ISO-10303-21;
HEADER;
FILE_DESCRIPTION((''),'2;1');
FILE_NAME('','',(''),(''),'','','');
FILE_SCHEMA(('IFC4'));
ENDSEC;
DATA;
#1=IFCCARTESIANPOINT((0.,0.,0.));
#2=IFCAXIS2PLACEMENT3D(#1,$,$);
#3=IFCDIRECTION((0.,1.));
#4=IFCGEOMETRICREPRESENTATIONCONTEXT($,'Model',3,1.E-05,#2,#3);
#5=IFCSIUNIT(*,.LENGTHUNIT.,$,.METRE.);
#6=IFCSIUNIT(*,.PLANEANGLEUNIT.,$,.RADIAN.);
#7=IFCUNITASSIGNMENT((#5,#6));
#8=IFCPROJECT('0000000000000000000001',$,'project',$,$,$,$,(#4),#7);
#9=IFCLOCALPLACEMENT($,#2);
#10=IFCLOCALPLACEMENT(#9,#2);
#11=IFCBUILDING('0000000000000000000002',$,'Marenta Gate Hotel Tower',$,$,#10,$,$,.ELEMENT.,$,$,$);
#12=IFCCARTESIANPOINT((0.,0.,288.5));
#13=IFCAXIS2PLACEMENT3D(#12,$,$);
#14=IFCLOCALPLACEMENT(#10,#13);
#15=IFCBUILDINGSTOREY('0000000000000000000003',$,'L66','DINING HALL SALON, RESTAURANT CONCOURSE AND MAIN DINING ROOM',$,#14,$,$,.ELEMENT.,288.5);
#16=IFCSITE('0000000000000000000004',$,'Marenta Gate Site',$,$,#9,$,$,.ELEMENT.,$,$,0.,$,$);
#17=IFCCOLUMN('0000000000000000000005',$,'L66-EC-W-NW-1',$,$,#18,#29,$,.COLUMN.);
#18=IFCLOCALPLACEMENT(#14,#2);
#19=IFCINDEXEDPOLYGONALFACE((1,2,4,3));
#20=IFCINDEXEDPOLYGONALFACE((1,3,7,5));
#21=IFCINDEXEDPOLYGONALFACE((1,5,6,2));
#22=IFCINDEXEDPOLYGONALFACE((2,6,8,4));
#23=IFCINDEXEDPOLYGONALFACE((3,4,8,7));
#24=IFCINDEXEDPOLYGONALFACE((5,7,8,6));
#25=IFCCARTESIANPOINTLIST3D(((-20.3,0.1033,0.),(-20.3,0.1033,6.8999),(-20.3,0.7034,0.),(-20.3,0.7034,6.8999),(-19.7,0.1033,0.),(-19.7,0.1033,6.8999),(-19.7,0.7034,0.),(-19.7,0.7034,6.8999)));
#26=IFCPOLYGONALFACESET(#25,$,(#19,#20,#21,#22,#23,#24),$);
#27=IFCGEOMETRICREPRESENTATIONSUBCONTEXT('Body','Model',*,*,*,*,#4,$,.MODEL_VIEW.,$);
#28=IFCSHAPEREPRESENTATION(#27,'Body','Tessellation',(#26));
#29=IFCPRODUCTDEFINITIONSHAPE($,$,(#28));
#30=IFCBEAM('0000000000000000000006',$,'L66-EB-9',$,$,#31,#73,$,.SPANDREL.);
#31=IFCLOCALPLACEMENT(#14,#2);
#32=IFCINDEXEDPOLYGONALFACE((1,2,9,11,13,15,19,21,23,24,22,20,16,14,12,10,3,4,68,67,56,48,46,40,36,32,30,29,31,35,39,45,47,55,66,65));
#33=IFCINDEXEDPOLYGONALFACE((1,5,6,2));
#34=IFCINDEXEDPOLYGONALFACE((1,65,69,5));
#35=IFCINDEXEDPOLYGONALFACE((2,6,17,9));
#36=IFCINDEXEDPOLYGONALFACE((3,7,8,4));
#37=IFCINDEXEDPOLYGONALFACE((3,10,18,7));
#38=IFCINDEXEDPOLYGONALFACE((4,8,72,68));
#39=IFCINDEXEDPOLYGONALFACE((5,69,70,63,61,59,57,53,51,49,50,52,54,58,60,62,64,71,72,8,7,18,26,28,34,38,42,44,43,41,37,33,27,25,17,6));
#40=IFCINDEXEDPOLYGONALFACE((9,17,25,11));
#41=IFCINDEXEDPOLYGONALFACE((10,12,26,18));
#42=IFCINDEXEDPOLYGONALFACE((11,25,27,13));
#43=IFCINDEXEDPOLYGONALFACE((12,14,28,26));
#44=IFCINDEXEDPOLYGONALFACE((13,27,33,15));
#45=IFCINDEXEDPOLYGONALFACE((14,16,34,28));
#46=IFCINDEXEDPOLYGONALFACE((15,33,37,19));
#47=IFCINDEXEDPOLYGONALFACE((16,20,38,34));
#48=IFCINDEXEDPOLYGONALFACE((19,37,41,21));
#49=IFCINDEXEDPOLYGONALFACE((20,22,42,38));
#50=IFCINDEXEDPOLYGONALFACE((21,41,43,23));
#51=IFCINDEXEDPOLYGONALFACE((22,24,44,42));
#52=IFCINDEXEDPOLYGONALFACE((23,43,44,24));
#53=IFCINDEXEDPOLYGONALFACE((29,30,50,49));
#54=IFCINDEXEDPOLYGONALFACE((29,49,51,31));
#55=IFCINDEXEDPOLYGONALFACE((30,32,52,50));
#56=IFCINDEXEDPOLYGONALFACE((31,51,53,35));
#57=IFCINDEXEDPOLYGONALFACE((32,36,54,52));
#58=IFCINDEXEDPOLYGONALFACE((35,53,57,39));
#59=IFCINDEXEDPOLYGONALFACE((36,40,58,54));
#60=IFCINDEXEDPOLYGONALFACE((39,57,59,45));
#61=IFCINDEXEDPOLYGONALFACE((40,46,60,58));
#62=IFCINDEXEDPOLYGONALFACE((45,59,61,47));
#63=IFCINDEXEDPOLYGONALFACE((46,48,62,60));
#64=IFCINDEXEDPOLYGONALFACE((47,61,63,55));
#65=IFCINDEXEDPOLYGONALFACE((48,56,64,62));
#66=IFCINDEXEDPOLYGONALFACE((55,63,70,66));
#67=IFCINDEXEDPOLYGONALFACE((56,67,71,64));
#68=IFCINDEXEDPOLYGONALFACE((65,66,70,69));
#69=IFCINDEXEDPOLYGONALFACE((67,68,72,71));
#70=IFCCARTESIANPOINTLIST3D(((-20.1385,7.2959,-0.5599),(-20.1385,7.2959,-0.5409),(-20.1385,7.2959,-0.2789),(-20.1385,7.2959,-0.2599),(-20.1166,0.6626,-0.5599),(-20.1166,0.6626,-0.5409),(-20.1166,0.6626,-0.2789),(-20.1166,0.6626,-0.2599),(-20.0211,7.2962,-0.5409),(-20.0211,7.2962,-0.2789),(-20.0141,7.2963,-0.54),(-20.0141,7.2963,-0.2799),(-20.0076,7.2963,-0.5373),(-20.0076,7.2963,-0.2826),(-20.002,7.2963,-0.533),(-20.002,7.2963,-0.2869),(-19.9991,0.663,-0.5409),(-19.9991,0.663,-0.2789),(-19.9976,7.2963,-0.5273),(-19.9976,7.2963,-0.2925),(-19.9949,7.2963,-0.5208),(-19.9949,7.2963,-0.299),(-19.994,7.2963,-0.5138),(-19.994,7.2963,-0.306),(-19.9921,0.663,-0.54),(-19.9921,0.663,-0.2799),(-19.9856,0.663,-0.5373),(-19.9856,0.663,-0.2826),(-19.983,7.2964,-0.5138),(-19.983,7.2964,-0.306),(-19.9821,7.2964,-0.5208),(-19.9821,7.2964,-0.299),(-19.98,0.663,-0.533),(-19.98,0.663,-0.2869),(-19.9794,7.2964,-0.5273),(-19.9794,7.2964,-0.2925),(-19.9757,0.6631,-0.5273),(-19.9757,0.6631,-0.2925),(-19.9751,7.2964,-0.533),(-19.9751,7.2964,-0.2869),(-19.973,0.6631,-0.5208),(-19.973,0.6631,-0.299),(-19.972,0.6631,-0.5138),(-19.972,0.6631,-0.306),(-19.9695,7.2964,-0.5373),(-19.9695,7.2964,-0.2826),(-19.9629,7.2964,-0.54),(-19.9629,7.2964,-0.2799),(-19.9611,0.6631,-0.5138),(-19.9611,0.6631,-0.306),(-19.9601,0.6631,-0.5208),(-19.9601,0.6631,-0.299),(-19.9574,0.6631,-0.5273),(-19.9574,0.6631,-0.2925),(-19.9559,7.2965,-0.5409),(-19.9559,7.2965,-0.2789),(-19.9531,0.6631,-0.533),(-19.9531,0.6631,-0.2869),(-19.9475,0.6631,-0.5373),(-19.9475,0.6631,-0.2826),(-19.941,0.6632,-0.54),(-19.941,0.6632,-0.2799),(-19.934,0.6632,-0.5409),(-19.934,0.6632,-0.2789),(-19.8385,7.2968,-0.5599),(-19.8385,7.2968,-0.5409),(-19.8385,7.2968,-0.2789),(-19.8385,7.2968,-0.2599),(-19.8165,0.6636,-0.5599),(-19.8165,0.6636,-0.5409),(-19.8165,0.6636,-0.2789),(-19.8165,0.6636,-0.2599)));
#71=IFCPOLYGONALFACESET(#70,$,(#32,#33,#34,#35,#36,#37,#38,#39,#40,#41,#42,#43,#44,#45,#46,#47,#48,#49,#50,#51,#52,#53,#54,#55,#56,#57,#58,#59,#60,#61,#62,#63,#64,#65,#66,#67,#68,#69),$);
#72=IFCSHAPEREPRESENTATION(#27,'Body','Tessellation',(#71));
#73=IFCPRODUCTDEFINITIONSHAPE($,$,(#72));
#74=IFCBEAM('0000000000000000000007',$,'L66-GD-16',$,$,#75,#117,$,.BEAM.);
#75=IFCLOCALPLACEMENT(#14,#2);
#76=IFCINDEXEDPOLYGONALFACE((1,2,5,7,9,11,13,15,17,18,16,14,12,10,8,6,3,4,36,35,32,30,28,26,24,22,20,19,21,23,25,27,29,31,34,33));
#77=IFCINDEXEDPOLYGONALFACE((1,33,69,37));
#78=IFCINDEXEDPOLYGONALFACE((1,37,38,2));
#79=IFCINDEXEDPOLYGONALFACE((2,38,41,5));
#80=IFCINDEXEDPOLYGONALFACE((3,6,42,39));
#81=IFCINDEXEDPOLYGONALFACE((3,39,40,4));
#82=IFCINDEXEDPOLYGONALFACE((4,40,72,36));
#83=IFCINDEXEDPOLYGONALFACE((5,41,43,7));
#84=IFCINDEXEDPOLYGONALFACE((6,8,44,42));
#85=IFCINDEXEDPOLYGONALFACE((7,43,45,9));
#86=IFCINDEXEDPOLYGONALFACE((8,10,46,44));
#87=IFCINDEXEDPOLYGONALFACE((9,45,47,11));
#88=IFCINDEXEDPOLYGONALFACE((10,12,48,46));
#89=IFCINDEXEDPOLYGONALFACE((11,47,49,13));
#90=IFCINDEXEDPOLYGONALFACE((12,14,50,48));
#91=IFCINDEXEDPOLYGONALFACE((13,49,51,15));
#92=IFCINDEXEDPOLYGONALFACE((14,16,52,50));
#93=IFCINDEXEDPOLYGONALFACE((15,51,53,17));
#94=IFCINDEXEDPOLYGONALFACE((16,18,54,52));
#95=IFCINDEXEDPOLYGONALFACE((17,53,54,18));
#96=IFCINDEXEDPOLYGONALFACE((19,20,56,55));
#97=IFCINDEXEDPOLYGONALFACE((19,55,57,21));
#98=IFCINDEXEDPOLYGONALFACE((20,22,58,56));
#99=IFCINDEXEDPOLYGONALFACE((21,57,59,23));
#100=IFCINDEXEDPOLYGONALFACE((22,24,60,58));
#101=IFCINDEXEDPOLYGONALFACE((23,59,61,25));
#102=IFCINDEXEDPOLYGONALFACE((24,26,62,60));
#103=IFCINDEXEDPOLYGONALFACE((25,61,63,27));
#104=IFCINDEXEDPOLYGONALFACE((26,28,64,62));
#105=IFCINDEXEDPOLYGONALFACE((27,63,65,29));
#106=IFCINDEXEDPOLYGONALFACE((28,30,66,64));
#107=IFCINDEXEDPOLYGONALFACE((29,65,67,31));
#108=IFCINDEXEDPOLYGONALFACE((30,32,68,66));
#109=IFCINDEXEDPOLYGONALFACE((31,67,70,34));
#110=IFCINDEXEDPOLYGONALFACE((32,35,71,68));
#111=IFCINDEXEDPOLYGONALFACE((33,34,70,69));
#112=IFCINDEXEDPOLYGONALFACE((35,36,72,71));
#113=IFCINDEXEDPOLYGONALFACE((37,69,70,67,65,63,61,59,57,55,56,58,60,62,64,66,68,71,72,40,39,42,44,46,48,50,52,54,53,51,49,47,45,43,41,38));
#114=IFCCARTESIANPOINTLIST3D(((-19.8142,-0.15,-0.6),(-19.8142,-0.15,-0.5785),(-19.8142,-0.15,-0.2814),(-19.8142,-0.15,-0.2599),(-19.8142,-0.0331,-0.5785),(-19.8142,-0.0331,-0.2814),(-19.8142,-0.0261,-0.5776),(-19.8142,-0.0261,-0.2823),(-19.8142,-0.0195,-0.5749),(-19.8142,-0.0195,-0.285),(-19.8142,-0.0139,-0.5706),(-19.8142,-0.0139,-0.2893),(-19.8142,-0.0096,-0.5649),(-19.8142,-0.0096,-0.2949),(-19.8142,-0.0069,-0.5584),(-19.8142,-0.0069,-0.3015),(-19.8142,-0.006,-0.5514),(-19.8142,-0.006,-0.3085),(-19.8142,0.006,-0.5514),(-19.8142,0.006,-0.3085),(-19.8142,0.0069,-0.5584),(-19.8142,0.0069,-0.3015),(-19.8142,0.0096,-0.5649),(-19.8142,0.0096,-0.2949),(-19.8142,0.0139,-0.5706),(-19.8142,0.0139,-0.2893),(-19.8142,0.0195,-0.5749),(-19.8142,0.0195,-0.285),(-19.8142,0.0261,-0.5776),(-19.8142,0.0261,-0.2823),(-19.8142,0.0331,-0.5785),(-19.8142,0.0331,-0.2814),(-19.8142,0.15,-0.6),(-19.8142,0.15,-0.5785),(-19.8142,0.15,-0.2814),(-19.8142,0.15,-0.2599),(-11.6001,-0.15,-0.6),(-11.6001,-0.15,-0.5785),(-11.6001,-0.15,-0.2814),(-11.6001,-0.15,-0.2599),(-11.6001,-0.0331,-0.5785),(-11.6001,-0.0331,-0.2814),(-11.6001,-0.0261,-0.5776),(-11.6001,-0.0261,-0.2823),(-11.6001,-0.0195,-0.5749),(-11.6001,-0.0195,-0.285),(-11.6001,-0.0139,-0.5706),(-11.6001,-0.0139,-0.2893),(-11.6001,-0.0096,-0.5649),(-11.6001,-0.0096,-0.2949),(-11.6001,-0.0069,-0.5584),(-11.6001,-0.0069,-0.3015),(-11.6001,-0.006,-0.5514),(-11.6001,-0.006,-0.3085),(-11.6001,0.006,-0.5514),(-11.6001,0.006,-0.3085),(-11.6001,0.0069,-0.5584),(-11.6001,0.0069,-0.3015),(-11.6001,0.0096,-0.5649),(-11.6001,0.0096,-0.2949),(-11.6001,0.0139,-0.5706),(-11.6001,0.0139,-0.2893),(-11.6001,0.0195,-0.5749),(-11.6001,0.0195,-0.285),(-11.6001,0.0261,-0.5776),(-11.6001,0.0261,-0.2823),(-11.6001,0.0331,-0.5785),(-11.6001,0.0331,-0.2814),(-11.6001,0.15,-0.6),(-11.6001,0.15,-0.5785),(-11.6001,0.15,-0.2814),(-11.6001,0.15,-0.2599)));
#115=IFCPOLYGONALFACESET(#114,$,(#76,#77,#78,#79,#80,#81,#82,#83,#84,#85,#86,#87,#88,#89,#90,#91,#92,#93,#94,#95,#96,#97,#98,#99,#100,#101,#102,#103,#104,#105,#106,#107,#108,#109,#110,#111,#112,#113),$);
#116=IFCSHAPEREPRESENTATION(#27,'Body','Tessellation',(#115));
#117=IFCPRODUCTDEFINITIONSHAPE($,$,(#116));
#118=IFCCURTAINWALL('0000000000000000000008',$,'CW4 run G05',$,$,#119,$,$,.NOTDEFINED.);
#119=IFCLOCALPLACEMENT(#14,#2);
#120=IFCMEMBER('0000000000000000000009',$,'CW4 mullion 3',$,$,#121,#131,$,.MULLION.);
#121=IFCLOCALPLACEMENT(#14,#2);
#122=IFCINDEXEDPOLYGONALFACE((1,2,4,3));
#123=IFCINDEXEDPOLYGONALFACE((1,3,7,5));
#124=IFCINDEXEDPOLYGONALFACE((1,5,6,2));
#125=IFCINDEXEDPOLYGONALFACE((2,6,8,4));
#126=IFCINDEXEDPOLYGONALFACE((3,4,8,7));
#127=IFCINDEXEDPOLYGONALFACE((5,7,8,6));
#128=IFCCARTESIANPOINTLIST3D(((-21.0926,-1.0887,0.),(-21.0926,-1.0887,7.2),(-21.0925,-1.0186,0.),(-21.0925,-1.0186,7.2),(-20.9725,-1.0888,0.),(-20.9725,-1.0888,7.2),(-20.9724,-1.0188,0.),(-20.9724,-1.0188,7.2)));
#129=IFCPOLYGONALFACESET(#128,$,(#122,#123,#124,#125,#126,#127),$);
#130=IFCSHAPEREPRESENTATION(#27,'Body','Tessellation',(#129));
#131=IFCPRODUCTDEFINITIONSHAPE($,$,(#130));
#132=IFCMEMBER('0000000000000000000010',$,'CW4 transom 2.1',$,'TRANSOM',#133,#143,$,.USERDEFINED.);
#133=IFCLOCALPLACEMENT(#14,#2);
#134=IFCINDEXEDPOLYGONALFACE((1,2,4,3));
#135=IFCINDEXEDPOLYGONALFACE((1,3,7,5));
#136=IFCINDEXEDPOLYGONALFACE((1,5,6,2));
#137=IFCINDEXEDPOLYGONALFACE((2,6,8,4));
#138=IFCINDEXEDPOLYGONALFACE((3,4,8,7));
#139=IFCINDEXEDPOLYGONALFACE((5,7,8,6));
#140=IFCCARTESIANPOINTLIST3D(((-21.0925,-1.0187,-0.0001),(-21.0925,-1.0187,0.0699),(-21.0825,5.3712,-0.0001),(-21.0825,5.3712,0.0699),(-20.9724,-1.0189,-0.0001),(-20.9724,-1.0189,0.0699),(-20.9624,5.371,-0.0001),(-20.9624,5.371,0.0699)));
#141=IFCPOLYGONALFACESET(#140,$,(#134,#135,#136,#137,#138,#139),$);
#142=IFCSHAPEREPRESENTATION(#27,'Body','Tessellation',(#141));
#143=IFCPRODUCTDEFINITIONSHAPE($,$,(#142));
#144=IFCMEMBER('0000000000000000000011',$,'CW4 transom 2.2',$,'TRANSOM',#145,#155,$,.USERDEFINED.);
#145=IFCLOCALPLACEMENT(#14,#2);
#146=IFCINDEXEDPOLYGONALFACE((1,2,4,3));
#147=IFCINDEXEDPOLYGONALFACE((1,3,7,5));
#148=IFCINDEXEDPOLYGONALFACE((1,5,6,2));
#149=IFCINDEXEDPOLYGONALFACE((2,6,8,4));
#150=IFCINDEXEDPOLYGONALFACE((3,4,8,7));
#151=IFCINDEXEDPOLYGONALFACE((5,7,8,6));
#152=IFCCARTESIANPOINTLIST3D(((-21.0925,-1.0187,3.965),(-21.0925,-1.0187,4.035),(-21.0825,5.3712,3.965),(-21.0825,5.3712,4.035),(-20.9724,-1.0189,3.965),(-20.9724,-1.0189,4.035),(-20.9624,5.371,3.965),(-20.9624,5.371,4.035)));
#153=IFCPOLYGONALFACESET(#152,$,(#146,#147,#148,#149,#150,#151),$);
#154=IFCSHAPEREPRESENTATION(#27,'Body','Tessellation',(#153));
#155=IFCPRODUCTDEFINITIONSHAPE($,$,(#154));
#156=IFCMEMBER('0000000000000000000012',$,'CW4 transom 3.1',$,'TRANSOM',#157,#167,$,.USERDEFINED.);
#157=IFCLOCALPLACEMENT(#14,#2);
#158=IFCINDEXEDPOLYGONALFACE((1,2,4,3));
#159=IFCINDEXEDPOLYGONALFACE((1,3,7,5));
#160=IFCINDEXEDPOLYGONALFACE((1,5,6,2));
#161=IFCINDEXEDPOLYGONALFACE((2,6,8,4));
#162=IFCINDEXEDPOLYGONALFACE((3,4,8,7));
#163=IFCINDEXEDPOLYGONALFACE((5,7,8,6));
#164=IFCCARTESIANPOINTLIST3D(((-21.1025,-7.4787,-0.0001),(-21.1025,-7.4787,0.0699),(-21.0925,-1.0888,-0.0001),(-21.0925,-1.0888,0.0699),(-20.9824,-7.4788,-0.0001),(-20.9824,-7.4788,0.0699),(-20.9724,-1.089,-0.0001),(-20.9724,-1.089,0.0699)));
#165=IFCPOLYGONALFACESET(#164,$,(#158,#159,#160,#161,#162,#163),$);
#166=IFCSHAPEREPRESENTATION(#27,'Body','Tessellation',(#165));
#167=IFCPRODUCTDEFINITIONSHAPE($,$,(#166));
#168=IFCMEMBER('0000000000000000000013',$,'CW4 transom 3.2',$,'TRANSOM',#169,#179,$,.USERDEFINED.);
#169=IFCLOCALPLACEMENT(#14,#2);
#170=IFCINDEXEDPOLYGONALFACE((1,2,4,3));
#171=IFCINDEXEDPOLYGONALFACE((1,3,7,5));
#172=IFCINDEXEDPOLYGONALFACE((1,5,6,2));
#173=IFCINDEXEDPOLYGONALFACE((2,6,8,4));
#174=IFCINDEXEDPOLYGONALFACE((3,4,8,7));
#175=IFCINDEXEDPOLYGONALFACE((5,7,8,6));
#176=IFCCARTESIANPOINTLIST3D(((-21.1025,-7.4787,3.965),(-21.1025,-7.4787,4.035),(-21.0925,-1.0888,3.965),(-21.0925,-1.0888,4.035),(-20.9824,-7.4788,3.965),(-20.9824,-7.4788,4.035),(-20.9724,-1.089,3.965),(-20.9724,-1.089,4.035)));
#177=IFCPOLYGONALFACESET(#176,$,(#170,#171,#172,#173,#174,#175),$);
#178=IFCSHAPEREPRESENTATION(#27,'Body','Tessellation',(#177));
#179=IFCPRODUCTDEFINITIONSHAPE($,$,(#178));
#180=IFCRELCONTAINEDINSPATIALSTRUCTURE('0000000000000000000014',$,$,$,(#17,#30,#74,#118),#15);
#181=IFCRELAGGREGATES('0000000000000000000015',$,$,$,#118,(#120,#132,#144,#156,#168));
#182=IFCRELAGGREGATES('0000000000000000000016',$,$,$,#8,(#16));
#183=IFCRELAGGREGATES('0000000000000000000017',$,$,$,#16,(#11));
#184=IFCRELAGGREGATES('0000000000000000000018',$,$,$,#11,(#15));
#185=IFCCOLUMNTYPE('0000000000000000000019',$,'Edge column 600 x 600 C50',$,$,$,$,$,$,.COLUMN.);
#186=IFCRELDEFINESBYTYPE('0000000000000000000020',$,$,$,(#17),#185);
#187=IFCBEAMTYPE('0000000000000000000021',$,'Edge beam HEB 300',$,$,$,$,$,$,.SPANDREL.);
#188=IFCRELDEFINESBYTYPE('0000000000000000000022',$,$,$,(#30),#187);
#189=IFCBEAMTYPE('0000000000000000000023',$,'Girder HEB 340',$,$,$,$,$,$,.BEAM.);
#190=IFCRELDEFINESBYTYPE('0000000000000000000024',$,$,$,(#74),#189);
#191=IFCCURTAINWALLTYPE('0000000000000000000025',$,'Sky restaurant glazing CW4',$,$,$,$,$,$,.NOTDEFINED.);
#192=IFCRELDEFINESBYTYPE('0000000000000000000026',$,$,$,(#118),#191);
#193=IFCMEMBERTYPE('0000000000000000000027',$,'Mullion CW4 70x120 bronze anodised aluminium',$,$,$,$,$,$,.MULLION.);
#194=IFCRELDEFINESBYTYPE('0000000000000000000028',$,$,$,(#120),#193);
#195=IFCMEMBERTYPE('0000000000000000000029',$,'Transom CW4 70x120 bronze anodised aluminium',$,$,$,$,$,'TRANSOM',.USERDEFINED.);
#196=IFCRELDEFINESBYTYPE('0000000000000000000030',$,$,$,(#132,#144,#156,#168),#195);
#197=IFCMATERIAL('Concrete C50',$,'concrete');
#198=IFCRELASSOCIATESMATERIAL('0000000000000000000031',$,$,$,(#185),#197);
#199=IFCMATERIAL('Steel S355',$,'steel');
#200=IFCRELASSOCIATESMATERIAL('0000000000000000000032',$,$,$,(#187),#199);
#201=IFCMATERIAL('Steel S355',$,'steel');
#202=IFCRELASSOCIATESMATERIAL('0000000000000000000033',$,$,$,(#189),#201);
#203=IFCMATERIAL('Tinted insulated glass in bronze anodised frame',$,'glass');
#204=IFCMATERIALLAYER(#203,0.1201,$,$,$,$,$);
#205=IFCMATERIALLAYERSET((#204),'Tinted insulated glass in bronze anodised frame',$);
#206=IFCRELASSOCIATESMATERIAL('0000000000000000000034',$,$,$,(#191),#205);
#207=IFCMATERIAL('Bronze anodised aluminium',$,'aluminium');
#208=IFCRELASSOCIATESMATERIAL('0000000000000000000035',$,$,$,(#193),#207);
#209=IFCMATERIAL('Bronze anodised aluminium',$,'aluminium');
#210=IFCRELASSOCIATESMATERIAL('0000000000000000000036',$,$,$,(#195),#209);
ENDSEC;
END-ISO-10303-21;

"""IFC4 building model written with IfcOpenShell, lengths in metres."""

from ifc_helpers import new_model, si_unit, direction, frame, origin, origin_2d, place, context, subcontext, project, spatial, rectangle, i_section, extrude, material, layer, layer_set, material_profile, profile_set, type_object, element, aggregate, save


model = new_model("IFC4")

# Units and contexts
model_context = context("Model", 3, precision=1e-05, world=origin(), true_north=direction((0.0, 1.0)))
body_context = subcontext(model_context, "Body", "Model", "MODEL_VIEW")
ifc_project = project(units=[si_unit("LENGTHUNIT", "METRE"), si_unit("PLANEANGLEUNIT", "RADIAN")], contexts=[model_context])

# Site, building, storey
site_placement = place(None, origin())
site = spatial("IfcSite", under=ifc_project, at=site_placement, Name="Marenta Gate Site", CompositionType="ELEMENT", RefElevation=0.0)
building_placement = place(site_placement, origin())
building = spatial("IfcBuilding", under=site, at=building_placement, Name="Marenta Gate Hotel Tower", CompositionType="ELEMENT")
storey_placement = place(building_placement, frame((0.0, 0.0, 288.5)))
storey = spatial("IfcBuildingStorey", under=building, at=storey_placement, Name="L66", Description="DINING HALL SALON, RESTAURANT CONCOURSE AND MAIN DINING ROOM", CompositionType="ELEMENT", Elevation=288.5)

# Column
ifc_material_1 = material(Name="Concrete C50", Category="concrete")
ifc_material_profile_1 = material_profile(ifc_material_1, rectangle(XDim=0.6001, YDim=0.6001, at=origin_2d()), Name="600 x 600")
ifc_profile_set_1 = profile_set([ifc_material_profile_1], Name="Concrete C50")
column_type = type_object("IfcColumnType", Name="Edge column 600 x 600 C50", PredefinedType="COLUMN", material=ifc_profile_set_1)
column_placement = place(storey_placement, frame((-20.0, 0.4033, 0.0), z_axis=(0.0, 0.0, 1.0), x_axis=(1.0, 0.0, 0.0)))
element("IfcColumn", 1, at=column_placement, inside=storey, type_object=column_type, Name="L66-EC-W-NW-1", PredefinedType="COLUMN", context=body_context, shape_type="SweptSolid", body=[
    extrude(rectangle(XDim=0.6001, YDim=0.6001, at=origin_2d()), origin(), (0.0, 0.0, 1.0), 6.8999),
])

# Beams
ifc_material_2 = material(Name="Steel S355", Category="steel")
ifc_material_profile_2 = material_profile(ifc_material_2, i_section(OverallWidth=0.3, OverallDepth=0.3, WebThickness=0.011, FlangeThickness=0.019, FilletRadius=0.0271, at=origin_2d()), Name="HEB 300")
ifc_profile_set_2 = profile_set([ifc_material_profile_2], Name="Steel S355")
beam_type_1 = type_object("IfcBeamType", Name="Edge beam HEB 300", PredefinedType="SPANDREL", material=ifc_profile_set_2)
beam_1_placement = place(storey_placement, frame((-19.9666, 0.6631, -0.4099), z_axis=(-0.003312, 0.999995, 0.0), x_axis=(-0.999995, -0.003312, 0.0)))
element("IfcBeam", 2, at=beam_1_placement, inside=storey, type_object=beam_type_1, Name="L66-EB-9", PredefinedType="SPANDREL", context=body_context, shape_type="SweptSolid", body=[
    extrude(i_section(OverallWidth=0.3, OverallDepth=0.3, WebThickness=0.011, FlangeThickness=0.019, FilletRadius=0.0271, at=origin_2d()), origin(), (0.0, 0.0, 1.0), 6.6333),
])
ifc_material_3 = material(Name="Steel S355", Category="steel")
ifc_material_profile_3 = material_profile(ifc_material_3, i_section(OverallWidth=0.3, OverallDepth=0.3401, WebThickness=0.012, FlangeThickness=0.0215, FilletRadius=0.0271, at=origin_2d()), Name="HEB 340")
ifc_profile_set_3 = profile_set([ifc_material_profile_3], Name="Steel S355")
beam_type_2 = type_object("IfcBeamType", Name="Girder HEB 340", PredefinedType="BEAM", material=ifc_profile_set_3)
beam_2_placement = place(storey_placement, frame((-19.8142, 0.0, -0.4299), z_axis=(1.0, 0.0, 0.0), x_axis=(0.0, 1.0, 0.0)))
element("IfcBeam", 3, at=beam_2_placement, inside=storey, type_object=beam_type_2, Name="L66-GD-16", PredefinedType="BEAM", context=body_context, shape_type="SweptSolid", body=[
    extrude(i_section(OverallWidth=0.3, OverallDepth=0.3401, WebThickness=0.012, FlangeThickness=0.0215, FilletRadius=0.0271, at=origin_2d()), origin(), (0.0, 0.0, 1.0), 8.2141),
])

# Curtain wall, members
ifc_material_4 = material(Name="Tinted insulated glass in bronze anodised frame", Category="glass")
ifc_layer_1 = layer(ifc_material_4, 0.1201)
ifc_layer_set_1 = layer_set([ifc_layer_1], Name="Tinted insulated glass in bronze anodised frame")
curtain_wall_type = type_object("IfcCurtainWallType", Name="Sky restaurant glazing CW4", PredefinedType="NOTDEFINED", material=ifc_layer_set_1)
curtain_wall_placement = place(storey_placement, origin())
curtain_wall = element("IfcCurtainWall", 4, at=curtain_wall_placement, inside=storey, type_object=curtain_wall_type, Name="CW4 run G05", PredefinedType="NOTDEFINED")
ifc_material_5 = material(Name="Bronze anodised aluminium", Category="aluminium")
ifc_material_profile_4 = material_profile(ifc_material_5, rectangle(XDim=0.1201, YDim=0.0701, at=origin_2d()), Name="Mullion CW4 70x120 bronze anodised aluminium")
ifc_profile_set_4 = profile_set([ifc_material_profile_4], Name="Bronze anodised aluminium")
member_type_1 = type_object("IfcMemberType", Name="Mullion CW4 70x120 bronze anodised aluminium", PredefinedType="MULLION", material=ifc_profile_set_4)
member_1_placement = place(storey_placement, frame((-21.0325, -1.0537, 0.0), z_axis=(0.0, 0.0, 1.0), x_axis=(0.999999, -0.001566, 0.0)))
member_1 = element("IfcMember", 5, at=member_1_placement, type_object=member_type_1, Name="CW4 mullion 3", PredefinedType="MULLION", context=body_context, shape_type="SweptSolid", body=[
    extrude(rectangle(XDim=0.1201, YDim=0.0701, at=origin_2d()), origin(), (0.0, 0.0, 1.0), 7.2),
])
ifc_material_6 = material(Name="Bronze anodised aluminium", Category="aluminium")
ifc_material_profile_5 = material_profile(ifc_material_6, rectangle(XDim=0.1201, YDim=0.0701, at=origin_2d()), Name="Transom CW4 70x120 bronze anodised aluminium")
ifc_profile_set_5 = profile_set([ifc_material_profile_5], Name="Bronze anodised aluminium")
member_type_2 = type_object("IfcMemberType", Name="Transom CW4 70x120 bronze anodised aluminium", ElementType="TRANSOM", PredefinedType="USERDEFINED", material=ifc_profile_set_5)
member_2_placement = place(storey_placement, frame((-21.0225, 5.3711, 0.0349), z_axis=(-0.001566, -0.999999, 0.0), x_axis=(0.999999, -0.001566, 0.0)))
member_2 = element("IfcMember", 6, at=member_2_placement, type_object=member_type_2, Name="CW4 transom 2.1", ObjectType="TRANSOM", PredefinedType="USERDEFINED", context=body_context, shape_type="SweptSolid", body=[
    extrude(rectangle(XDim=0.1201, YDim=0.0701, at=origin_2d()), origin(), (0.0, 0.0, 1.0), 6.3899),
])
member_3_placement = place(storey_placement, frame((-21.0225, 5.3711, 4.0), z_axis=(-0.001566, -0.999999, 0.0), x_axis=(0.999999, -0.001566, 0.0)))
member_3 = element("IfcMember", 7, at=member_3_placement, type_object=member_type_2, Name="CW4 transom 2.2", ObjectType="TRANSOM", PredefinedType="USERDEFINED", context=body_context, shape_type="SweptSolid", body=[
    extrude(rectangle(XDim=0.1201, YDim=0.0701, at=origin_2d()), origin(), (0.0, 0.0, 1.0), 6.3899),
])
member_4_placement = place(storey_placement, frame((-21.0325, -1.0889, 0.0349), z_axis=(-0.001566, -0.999999, 0.0), x_axis=(0.999999, -0.001566, 0.0)))
member_4 = element("IfcMember", 8, at=member_4_placement, type_object=member_type_2, Name="CW4 transom 3.1", ObjectType="TRANSOM", PredefinedType="USERDEFINED", context=body_context, shape_type="SweptSolid", body=[
    extrude(rectangle(XDim=0.1201, YDim=0.0701, at=origin_2d()), origin(), (0.0, 0.0, 1.0), 6.3899),
])
member_5_placement = place(storey_placement, frame((-21.0325, -1.0889, 4.0), z_axis=(-0.001566, -0.999999, 0.0), x_axis=(0.999999, -0.001566, 0.0)))
member_5 = element("IfcMember", 9, at=member_5_placement, type_object=member_type_2, Name="CW4 transom 3.2", ObjectType="TRANSOM", PredefinedType="USERDEFINED", context=body_context, shape_type="SweptSolid", body=[
    extrude(rectangle(XDim=0.1201, YDim=0.0701, at=origin_2d()), origin(), (0.0, 0.0, 1.0), 6.3899),
])
aggregate(curtain_wall, [member_1, member_2, member_3, member_4, member_5])

save(model, "model.ifc")
